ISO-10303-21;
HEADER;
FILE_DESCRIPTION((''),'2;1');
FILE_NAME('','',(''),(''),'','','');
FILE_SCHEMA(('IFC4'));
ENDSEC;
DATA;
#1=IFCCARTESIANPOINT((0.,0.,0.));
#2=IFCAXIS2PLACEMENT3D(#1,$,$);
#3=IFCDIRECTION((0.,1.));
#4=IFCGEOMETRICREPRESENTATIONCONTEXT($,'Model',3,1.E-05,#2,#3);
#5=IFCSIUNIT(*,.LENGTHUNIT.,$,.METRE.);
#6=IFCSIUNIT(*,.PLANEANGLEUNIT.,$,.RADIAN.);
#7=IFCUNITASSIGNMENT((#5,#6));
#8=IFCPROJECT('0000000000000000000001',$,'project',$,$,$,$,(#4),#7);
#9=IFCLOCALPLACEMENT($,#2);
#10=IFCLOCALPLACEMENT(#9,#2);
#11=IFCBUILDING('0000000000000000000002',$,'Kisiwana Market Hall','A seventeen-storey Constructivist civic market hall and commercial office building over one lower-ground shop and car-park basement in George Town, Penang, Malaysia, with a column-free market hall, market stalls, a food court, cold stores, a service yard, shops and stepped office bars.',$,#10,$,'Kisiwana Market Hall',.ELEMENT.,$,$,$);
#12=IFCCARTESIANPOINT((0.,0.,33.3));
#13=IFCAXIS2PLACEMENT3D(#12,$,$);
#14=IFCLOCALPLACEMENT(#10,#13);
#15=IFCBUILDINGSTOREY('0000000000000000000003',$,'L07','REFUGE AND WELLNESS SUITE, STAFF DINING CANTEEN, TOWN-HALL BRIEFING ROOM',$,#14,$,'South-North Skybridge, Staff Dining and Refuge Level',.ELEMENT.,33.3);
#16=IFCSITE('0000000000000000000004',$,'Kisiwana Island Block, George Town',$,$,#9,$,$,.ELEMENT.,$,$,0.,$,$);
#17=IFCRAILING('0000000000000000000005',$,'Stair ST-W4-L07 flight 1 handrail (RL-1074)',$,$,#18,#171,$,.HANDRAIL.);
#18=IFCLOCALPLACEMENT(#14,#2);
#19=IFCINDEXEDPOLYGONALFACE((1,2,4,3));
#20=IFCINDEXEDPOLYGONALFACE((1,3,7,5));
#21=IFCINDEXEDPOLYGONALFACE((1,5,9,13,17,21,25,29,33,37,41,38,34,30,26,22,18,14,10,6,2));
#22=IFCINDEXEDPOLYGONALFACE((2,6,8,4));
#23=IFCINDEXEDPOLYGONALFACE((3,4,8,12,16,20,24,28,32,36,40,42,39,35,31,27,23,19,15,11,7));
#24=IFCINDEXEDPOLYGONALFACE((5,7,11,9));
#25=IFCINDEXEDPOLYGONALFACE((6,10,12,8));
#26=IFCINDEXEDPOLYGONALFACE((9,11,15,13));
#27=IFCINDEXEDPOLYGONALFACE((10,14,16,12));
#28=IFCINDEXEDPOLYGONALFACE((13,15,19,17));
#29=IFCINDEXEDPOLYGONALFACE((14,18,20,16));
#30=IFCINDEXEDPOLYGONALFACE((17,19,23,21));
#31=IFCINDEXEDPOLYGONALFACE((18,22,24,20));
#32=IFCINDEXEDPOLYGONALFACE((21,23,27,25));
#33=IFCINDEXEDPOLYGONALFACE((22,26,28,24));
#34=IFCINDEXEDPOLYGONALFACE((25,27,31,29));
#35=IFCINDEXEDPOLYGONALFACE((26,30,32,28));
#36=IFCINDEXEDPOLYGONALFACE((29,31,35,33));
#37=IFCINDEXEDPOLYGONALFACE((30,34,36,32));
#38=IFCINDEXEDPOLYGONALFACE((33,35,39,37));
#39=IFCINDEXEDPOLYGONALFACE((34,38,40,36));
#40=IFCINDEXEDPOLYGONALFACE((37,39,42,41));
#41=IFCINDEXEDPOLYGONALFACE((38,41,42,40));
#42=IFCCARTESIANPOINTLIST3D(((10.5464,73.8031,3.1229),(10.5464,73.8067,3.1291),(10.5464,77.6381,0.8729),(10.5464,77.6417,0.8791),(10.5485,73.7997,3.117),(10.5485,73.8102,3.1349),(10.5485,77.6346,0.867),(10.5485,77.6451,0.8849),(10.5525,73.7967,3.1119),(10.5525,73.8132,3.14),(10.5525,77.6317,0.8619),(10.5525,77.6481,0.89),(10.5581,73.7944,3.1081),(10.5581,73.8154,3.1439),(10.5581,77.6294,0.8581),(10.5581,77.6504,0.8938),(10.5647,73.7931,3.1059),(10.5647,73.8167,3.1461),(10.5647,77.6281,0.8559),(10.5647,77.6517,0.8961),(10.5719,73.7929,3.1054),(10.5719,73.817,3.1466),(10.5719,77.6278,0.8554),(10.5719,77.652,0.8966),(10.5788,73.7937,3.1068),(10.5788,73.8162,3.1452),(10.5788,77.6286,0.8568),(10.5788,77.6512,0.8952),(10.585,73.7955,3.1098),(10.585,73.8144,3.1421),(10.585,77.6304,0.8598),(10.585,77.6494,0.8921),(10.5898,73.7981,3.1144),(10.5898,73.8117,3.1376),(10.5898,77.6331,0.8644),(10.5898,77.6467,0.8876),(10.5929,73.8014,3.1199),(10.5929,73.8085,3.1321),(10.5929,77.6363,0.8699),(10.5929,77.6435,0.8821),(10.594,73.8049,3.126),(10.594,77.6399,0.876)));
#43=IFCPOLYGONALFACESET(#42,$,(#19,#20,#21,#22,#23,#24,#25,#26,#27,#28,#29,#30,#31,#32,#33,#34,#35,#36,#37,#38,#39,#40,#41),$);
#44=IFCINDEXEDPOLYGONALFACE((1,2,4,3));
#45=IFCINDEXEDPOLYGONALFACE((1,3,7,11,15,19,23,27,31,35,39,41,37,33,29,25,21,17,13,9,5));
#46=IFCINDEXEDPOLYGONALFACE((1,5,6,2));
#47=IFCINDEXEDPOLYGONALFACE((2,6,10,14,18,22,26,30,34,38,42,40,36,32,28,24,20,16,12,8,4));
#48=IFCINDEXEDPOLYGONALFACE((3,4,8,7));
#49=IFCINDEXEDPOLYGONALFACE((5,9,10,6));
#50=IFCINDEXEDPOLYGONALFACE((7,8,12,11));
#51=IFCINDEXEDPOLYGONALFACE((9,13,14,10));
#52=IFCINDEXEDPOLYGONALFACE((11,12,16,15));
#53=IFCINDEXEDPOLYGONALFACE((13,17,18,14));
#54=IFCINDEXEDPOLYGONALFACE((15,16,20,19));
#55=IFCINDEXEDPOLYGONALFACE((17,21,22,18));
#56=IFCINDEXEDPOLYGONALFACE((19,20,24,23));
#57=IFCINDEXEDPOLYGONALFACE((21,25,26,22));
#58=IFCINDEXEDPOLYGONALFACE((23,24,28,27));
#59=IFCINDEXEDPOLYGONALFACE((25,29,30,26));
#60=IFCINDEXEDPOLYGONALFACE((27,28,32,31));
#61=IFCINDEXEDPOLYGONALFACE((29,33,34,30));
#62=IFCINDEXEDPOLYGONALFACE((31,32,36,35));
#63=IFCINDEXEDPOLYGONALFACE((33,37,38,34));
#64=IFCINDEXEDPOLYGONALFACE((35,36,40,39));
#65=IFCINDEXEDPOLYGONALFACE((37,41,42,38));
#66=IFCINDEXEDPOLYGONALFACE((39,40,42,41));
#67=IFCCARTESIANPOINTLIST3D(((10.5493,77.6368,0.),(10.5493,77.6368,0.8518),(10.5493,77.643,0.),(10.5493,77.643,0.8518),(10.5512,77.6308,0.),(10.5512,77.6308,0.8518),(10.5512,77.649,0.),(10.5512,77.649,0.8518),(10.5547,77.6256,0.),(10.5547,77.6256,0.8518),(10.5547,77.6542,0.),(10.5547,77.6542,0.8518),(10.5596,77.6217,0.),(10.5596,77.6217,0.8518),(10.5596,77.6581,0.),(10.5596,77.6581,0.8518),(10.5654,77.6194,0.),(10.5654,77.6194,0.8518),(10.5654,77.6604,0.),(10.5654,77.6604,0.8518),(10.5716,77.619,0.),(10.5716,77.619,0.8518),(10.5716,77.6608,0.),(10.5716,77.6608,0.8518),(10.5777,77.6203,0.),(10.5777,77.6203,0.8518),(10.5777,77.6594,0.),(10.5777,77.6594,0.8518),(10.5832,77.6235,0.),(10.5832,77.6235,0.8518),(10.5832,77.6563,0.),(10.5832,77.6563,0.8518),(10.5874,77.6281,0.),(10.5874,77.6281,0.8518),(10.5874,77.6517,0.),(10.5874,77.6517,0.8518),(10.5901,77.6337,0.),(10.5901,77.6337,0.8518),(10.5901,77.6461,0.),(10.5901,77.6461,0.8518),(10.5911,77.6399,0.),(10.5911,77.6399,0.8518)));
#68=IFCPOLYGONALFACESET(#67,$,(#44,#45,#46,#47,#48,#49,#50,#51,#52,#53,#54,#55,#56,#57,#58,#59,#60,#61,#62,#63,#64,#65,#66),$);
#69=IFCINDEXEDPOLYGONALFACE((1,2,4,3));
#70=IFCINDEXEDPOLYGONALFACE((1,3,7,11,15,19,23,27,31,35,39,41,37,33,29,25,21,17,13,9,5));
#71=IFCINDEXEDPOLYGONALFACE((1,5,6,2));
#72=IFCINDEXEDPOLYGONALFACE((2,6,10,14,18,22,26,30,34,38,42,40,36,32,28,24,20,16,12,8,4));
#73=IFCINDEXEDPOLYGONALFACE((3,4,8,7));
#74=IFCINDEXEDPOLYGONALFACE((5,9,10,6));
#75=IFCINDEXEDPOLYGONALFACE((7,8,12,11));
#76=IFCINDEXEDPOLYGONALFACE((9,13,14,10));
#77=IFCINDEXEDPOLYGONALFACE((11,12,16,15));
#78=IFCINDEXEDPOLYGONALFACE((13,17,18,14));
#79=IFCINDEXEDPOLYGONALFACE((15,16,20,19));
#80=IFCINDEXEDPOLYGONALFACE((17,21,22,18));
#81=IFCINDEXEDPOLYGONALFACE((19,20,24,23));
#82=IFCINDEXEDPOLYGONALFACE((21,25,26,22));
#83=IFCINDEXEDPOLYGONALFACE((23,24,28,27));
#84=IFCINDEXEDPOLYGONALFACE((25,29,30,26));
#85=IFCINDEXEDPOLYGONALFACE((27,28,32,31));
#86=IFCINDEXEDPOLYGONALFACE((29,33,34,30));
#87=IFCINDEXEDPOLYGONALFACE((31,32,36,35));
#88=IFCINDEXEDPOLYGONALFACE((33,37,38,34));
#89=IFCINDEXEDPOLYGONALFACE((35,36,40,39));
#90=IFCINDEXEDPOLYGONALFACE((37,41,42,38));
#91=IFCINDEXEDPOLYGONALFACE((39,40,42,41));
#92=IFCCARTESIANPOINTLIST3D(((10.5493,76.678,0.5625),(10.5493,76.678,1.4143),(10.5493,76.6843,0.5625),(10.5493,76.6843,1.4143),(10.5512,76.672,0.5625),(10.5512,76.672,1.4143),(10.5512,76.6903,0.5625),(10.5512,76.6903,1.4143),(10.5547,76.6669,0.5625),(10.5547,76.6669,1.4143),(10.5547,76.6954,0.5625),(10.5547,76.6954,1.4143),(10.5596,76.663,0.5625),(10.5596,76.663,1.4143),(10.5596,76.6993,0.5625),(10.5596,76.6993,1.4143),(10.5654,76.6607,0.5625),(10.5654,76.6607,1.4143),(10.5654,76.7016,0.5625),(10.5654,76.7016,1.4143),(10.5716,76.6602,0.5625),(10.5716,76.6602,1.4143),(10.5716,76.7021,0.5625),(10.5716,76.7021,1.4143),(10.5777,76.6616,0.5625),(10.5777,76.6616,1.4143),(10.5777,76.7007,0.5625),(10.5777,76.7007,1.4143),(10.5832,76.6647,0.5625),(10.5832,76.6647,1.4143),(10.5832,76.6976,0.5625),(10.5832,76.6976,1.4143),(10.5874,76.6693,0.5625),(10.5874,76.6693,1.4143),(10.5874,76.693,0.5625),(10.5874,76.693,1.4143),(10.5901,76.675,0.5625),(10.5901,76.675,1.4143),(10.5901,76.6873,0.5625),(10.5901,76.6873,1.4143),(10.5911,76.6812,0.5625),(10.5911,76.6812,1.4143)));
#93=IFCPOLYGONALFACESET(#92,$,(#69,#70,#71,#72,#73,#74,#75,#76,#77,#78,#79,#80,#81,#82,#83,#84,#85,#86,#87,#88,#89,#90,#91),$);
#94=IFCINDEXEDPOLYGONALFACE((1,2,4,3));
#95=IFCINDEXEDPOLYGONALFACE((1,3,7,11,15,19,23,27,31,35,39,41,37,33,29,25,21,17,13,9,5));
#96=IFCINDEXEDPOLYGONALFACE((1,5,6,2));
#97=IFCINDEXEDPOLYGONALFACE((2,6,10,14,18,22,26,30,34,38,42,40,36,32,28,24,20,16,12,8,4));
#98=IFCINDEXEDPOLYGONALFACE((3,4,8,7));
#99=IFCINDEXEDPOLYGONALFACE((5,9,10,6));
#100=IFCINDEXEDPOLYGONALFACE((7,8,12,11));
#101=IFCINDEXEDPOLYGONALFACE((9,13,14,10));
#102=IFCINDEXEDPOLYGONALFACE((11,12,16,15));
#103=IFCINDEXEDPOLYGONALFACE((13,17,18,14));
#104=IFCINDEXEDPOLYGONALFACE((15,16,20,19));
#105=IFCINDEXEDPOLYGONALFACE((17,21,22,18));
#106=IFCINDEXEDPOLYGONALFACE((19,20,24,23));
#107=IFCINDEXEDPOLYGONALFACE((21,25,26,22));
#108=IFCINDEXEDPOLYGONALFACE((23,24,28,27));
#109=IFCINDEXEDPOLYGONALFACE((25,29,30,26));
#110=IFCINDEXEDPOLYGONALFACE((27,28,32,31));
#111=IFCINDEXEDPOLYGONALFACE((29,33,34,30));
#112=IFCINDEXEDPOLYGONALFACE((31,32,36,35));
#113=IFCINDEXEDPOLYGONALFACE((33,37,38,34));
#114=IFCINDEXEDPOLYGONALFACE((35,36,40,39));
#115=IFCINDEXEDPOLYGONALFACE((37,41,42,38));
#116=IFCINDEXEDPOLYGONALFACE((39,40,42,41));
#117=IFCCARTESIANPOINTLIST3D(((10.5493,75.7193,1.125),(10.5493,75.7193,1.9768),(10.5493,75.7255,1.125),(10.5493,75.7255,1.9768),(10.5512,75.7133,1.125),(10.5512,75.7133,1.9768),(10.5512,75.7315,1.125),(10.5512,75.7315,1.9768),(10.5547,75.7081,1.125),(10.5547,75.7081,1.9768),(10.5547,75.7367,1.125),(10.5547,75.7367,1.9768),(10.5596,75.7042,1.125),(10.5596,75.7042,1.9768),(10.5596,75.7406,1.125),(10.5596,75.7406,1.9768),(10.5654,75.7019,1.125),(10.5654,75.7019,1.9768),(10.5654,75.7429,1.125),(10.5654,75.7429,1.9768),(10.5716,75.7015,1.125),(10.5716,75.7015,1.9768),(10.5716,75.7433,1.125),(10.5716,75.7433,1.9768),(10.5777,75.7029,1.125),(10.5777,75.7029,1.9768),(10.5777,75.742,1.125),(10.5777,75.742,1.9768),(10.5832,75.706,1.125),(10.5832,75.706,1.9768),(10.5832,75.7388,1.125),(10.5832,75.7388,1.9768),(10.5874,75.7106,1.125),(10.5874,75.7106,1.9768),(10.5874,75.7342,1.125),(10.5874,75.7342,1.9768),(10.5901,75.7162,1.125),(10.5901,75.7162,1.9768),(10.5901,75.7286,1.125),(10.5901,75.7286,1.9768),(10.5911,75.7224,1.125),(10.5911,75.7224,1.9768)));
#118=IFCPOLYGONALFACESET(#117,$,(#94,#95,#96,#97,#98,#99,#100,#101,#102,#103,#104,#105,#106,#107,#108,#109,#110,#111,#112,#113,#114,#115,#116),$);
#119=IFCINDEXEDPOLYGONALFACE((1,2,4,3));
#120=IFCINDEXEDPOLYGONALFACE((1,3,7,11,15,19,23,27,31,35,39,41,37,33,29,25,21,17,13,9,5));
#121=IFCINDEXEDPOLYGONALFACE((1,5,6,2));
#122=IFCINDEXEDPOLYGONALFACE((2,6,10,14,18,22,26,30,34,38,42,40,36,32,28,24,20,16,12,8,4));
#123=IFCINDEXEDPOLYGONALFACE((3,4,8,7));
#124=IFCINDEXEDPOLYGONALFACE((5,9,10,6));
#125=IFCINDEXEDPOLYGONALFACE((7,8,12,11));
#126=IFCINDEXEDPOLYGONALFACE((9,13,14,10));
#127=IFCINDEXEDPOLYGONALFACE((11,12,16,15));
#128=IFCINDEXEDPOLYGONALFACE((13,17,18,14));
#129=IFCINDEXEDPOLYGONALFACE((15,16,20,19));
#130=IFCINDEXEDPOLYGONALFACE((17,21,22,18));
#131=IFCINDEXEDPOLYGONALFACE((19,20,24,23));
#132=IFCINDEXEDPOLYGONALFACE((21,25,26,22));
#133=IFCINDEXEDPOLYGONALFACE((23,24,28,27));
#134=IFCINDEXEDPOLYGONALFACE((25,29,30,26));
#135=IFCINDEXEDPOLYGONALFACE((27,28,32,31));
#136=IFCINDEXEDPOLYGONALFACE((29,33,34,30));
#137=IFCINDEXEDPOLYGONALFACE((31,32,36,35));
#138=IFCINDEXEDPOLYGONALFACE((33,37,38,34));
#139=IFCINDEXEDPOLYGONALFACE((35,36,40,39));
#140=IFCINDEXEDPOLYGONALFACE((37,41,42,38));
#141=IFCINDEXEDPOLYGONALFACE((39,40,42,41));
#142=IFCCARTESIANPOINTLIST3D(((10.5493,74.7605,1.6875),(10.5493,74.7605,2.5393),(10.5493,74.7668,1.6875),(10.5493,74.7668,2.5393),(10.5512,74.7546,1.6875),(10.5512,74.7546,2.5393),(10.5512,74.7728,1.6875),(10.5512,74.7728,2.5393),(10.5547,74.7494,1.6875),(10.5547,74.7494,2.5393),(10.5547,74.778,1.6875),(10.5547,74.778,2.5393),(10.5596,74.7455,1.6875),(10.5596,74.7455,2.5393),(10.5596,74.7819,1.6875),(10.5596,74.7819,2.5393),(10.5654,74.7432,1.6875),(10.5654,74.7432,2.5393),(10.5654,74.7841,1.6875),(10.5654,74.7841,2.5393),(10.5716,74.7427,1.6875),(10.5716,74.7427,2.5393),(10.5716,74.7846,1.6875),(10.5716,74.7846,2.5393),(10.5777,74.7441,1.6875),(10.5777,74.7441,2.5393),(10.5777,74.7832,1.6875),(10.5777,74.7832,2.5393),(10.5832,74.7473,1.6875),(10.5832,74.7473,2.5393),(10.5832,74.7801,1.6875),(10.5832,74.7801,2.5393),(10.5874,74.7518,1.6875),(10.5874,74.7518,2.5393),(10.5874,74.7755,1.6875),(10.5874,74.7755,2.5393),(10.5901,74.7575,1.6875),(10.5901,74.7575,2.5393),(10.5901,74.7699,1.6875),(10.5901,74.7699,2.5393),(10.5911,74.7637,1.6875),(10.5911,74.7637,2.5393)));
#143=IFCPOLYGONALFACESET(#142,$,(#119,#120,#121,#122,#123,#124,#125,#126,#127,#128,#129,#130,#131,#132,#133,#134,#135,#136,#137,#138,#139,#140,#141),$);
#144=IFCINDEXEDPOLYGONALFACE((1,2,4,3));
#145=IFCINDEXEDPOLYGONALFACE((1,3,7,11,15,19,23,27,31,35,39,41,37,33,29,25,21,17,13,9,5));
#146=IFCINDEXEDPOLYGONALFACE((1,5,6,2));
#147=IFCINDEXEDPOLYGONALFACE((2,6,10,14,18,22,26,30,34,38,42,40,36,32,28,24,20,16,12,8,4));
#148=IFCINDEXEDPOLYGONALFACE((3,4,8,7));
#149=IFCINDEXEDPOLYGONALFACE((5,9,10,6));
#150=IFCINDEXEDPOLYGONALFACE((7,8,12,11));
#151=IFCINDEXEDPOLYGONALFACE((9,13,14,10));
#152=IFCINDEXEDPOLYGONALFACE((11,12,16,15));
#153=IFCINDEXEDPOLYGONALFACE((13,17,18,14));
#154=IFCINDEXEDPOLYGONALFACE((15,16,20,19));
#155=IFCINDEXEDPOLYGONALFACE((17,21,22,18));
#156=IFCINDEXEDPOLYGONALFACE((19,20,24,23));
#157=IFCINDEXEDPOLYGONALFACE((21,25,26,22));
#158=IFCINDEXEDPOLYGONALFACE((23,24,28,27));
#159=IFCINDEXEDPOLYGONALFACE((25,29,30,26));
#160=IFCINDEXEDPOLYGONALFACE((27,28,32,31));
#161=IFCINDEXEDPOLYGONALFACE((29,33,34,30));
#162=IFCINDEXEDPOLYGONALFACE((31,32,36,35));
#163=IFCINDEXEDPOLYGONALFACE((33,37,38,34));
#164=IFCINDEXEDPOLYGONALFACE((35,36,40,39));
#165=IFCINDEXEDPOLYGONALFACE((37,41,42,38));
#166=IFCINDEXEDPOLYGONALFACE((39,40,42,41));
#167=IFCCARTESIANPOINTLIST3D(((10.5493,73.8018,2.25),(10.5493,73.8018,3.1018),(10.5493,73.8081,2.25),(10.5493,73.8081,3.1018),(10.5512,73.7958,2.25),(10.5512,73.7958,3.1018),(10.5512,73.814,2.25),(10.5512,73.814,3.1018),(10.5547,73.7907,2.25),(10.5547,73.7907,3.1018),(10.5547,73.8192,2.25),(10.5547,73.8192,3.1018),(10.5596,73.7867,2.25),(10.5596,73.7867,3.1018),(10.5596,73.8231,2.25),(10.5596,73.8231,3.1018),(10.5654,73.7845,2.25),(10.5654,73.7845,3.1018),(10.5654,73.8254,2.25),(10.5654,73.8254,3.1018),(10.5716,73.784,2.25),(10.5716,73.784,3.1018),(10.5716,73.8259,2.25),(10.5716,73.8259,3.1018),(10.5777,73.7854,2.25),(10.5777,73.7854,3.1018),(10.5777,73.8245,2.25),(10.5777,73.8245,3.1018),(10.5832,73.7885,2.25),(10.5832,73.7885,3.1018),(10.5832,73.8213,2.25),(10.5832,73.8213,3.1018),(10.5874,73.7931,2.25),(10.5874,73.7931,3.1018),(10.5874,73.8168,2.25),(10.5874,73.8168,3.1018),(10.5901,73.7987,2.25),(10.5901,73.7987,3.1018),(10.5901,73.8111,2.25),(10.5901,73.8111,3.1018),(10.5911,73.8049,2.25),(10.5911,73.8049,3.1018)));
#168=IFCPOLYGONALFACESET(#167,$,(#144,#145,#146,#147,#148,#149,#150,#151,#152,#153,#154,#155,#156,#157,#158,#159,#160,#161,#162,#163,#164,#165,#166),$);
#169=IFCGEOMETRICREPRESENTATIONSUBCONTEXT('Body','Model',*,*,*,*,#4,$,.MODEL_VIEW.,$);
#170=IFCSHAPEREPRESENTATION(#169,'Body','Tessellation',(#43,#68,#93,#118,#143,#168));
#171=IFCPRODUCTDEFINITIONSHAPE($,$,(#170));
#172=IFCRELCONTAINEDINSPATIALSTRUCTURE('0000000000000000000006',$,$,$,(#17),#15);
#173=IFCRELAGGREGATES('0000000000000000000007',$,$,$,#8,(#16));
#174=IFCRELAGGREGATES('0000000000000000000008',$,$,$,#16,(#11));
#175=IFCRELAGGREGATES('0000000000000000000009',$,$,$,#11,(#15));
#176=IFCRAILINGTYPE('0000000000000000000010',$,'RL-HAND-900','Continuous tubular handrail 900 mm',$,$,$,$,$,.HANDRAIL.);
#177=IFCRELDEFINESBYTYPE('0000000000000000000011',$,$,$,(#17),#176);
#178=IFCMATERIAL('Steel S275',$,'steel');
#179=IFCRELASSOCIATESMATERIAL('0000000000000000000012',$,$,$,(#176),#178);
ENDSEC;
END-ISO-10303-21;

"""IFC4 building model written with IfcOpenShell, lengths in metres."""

from ifc_helpers import new_model, si_unit, direction, frame, origin, origin_2d, place, context, subcontext, project, spatial, circle, extrude, material, type_object, element, save


model = new_model("IFC4")

# Units and contexts
model_context = context("Model", 3, precision=1e-05, world=origin(), true_north=direction((0.0, 1.0)))
body_context = subcontext(model_context, "Body", "Model", "MODEL_VIEW")
ifc_project = project(units=[si_unit("LENGTHUNIT", "METRE"), si_unit("PLANEANGLEUNIT", "RADIAN")], contexts=[model_context])

# Site, building, storey
site_placement = place(None, origin())
site = spatial("IfcSite", under=ifc_project, at=site_placement, Name="Kisiwana Island Block, George Town", CompositionType="ELEMENT", RefElevation=0.0)
building_placement = place(site_placement, origin())
building = spatial("IfcBuilding", under=site, at=building_placement, Name="Kisiwana Market Hall", Description="A seventeen-storey Constructivist civic market hall and commercial office building over one lower-ground shop and car-park basement in George Town, Penang, Malaysia, with a column-free market hall, market stalls, a food court, cold stores, a service yard, shops and stepped office bars.", LongName="Kisiwana Market Hall", CompositionType="ELEMENT")
storey_placement = place(building_placement, frame((0.0, 0.0, 33.3)))
storey = spatial("IfcBuildingStorey", under=building, at=storey_placement, Name="L07", Description="REFUGE AND WELLNESS SUITE, STAFF DINING CANTEEN, TOWN-HALL BRIEFING ROOM", LongName="South-North Skybridge, Staff Dining and Refuge Level", CompositionType="ELEMENT", Elevation=33.3)

# Railing
ifc_material_1 = material(Name="Steel S275", Category="steel")
railing_type = type_object("IfcRailingType", Name="RL-HAND-900", Description="Continuous tubular handrail 900 mm", PredefinedType="HANDRAIL", material=ifc_material_1)
railing_placement = place(storey_placement, frame((10.5701, 77.6399, 0.0)))
element("IfcRailing", 1, at=railing_placement, inside=storey, type_object=railing_type, Name="Stair ST-W4-L07 flight 1 handrail (RL-1074)", PredefinedType="HANDRAIL", context=body_context, shape_type="SweptSolid", body=[
    extrude(circle(Radius=0.0239, at=origin_2d()), frame((0.0, 0.0, 0.876), z_axis=(0.0, -0.86251, 0.506041), x_axis=(1.0, 0.0, 0.0)), (0.0, 0.0, 1.0), 4.4463),
    extrude(circle(Radius=0.021, at=origin_2d()), origin(), (0.0, 0.0, 1.0), 0.8518),
    extrude(circle(Radius=0.021, at=origin_2d()), frame((0.0, -0.9587, 0.5625)), (0.0, 0.0, 1.0), 0.8518),
    extrude(circle(Radius=0.021, at=origin_2d()), frame((0.0, -1.9175, 1.125)), (0.0, 0.0, 1.0), 0.8518),
    extrude(circle(Radius=0.021, at=origin_2d()), frame((0.0, -2.8762, 1.6875)), (0.0, 0.0, 1.0), 0.8518),
    extrude(circle(Radius=0.021, at=origin_2d()), frame((0.0, -3.835, 2.25)), (0.0, 0.0, 1.0), 0.8518),
])

save(model, "model.ifc")
